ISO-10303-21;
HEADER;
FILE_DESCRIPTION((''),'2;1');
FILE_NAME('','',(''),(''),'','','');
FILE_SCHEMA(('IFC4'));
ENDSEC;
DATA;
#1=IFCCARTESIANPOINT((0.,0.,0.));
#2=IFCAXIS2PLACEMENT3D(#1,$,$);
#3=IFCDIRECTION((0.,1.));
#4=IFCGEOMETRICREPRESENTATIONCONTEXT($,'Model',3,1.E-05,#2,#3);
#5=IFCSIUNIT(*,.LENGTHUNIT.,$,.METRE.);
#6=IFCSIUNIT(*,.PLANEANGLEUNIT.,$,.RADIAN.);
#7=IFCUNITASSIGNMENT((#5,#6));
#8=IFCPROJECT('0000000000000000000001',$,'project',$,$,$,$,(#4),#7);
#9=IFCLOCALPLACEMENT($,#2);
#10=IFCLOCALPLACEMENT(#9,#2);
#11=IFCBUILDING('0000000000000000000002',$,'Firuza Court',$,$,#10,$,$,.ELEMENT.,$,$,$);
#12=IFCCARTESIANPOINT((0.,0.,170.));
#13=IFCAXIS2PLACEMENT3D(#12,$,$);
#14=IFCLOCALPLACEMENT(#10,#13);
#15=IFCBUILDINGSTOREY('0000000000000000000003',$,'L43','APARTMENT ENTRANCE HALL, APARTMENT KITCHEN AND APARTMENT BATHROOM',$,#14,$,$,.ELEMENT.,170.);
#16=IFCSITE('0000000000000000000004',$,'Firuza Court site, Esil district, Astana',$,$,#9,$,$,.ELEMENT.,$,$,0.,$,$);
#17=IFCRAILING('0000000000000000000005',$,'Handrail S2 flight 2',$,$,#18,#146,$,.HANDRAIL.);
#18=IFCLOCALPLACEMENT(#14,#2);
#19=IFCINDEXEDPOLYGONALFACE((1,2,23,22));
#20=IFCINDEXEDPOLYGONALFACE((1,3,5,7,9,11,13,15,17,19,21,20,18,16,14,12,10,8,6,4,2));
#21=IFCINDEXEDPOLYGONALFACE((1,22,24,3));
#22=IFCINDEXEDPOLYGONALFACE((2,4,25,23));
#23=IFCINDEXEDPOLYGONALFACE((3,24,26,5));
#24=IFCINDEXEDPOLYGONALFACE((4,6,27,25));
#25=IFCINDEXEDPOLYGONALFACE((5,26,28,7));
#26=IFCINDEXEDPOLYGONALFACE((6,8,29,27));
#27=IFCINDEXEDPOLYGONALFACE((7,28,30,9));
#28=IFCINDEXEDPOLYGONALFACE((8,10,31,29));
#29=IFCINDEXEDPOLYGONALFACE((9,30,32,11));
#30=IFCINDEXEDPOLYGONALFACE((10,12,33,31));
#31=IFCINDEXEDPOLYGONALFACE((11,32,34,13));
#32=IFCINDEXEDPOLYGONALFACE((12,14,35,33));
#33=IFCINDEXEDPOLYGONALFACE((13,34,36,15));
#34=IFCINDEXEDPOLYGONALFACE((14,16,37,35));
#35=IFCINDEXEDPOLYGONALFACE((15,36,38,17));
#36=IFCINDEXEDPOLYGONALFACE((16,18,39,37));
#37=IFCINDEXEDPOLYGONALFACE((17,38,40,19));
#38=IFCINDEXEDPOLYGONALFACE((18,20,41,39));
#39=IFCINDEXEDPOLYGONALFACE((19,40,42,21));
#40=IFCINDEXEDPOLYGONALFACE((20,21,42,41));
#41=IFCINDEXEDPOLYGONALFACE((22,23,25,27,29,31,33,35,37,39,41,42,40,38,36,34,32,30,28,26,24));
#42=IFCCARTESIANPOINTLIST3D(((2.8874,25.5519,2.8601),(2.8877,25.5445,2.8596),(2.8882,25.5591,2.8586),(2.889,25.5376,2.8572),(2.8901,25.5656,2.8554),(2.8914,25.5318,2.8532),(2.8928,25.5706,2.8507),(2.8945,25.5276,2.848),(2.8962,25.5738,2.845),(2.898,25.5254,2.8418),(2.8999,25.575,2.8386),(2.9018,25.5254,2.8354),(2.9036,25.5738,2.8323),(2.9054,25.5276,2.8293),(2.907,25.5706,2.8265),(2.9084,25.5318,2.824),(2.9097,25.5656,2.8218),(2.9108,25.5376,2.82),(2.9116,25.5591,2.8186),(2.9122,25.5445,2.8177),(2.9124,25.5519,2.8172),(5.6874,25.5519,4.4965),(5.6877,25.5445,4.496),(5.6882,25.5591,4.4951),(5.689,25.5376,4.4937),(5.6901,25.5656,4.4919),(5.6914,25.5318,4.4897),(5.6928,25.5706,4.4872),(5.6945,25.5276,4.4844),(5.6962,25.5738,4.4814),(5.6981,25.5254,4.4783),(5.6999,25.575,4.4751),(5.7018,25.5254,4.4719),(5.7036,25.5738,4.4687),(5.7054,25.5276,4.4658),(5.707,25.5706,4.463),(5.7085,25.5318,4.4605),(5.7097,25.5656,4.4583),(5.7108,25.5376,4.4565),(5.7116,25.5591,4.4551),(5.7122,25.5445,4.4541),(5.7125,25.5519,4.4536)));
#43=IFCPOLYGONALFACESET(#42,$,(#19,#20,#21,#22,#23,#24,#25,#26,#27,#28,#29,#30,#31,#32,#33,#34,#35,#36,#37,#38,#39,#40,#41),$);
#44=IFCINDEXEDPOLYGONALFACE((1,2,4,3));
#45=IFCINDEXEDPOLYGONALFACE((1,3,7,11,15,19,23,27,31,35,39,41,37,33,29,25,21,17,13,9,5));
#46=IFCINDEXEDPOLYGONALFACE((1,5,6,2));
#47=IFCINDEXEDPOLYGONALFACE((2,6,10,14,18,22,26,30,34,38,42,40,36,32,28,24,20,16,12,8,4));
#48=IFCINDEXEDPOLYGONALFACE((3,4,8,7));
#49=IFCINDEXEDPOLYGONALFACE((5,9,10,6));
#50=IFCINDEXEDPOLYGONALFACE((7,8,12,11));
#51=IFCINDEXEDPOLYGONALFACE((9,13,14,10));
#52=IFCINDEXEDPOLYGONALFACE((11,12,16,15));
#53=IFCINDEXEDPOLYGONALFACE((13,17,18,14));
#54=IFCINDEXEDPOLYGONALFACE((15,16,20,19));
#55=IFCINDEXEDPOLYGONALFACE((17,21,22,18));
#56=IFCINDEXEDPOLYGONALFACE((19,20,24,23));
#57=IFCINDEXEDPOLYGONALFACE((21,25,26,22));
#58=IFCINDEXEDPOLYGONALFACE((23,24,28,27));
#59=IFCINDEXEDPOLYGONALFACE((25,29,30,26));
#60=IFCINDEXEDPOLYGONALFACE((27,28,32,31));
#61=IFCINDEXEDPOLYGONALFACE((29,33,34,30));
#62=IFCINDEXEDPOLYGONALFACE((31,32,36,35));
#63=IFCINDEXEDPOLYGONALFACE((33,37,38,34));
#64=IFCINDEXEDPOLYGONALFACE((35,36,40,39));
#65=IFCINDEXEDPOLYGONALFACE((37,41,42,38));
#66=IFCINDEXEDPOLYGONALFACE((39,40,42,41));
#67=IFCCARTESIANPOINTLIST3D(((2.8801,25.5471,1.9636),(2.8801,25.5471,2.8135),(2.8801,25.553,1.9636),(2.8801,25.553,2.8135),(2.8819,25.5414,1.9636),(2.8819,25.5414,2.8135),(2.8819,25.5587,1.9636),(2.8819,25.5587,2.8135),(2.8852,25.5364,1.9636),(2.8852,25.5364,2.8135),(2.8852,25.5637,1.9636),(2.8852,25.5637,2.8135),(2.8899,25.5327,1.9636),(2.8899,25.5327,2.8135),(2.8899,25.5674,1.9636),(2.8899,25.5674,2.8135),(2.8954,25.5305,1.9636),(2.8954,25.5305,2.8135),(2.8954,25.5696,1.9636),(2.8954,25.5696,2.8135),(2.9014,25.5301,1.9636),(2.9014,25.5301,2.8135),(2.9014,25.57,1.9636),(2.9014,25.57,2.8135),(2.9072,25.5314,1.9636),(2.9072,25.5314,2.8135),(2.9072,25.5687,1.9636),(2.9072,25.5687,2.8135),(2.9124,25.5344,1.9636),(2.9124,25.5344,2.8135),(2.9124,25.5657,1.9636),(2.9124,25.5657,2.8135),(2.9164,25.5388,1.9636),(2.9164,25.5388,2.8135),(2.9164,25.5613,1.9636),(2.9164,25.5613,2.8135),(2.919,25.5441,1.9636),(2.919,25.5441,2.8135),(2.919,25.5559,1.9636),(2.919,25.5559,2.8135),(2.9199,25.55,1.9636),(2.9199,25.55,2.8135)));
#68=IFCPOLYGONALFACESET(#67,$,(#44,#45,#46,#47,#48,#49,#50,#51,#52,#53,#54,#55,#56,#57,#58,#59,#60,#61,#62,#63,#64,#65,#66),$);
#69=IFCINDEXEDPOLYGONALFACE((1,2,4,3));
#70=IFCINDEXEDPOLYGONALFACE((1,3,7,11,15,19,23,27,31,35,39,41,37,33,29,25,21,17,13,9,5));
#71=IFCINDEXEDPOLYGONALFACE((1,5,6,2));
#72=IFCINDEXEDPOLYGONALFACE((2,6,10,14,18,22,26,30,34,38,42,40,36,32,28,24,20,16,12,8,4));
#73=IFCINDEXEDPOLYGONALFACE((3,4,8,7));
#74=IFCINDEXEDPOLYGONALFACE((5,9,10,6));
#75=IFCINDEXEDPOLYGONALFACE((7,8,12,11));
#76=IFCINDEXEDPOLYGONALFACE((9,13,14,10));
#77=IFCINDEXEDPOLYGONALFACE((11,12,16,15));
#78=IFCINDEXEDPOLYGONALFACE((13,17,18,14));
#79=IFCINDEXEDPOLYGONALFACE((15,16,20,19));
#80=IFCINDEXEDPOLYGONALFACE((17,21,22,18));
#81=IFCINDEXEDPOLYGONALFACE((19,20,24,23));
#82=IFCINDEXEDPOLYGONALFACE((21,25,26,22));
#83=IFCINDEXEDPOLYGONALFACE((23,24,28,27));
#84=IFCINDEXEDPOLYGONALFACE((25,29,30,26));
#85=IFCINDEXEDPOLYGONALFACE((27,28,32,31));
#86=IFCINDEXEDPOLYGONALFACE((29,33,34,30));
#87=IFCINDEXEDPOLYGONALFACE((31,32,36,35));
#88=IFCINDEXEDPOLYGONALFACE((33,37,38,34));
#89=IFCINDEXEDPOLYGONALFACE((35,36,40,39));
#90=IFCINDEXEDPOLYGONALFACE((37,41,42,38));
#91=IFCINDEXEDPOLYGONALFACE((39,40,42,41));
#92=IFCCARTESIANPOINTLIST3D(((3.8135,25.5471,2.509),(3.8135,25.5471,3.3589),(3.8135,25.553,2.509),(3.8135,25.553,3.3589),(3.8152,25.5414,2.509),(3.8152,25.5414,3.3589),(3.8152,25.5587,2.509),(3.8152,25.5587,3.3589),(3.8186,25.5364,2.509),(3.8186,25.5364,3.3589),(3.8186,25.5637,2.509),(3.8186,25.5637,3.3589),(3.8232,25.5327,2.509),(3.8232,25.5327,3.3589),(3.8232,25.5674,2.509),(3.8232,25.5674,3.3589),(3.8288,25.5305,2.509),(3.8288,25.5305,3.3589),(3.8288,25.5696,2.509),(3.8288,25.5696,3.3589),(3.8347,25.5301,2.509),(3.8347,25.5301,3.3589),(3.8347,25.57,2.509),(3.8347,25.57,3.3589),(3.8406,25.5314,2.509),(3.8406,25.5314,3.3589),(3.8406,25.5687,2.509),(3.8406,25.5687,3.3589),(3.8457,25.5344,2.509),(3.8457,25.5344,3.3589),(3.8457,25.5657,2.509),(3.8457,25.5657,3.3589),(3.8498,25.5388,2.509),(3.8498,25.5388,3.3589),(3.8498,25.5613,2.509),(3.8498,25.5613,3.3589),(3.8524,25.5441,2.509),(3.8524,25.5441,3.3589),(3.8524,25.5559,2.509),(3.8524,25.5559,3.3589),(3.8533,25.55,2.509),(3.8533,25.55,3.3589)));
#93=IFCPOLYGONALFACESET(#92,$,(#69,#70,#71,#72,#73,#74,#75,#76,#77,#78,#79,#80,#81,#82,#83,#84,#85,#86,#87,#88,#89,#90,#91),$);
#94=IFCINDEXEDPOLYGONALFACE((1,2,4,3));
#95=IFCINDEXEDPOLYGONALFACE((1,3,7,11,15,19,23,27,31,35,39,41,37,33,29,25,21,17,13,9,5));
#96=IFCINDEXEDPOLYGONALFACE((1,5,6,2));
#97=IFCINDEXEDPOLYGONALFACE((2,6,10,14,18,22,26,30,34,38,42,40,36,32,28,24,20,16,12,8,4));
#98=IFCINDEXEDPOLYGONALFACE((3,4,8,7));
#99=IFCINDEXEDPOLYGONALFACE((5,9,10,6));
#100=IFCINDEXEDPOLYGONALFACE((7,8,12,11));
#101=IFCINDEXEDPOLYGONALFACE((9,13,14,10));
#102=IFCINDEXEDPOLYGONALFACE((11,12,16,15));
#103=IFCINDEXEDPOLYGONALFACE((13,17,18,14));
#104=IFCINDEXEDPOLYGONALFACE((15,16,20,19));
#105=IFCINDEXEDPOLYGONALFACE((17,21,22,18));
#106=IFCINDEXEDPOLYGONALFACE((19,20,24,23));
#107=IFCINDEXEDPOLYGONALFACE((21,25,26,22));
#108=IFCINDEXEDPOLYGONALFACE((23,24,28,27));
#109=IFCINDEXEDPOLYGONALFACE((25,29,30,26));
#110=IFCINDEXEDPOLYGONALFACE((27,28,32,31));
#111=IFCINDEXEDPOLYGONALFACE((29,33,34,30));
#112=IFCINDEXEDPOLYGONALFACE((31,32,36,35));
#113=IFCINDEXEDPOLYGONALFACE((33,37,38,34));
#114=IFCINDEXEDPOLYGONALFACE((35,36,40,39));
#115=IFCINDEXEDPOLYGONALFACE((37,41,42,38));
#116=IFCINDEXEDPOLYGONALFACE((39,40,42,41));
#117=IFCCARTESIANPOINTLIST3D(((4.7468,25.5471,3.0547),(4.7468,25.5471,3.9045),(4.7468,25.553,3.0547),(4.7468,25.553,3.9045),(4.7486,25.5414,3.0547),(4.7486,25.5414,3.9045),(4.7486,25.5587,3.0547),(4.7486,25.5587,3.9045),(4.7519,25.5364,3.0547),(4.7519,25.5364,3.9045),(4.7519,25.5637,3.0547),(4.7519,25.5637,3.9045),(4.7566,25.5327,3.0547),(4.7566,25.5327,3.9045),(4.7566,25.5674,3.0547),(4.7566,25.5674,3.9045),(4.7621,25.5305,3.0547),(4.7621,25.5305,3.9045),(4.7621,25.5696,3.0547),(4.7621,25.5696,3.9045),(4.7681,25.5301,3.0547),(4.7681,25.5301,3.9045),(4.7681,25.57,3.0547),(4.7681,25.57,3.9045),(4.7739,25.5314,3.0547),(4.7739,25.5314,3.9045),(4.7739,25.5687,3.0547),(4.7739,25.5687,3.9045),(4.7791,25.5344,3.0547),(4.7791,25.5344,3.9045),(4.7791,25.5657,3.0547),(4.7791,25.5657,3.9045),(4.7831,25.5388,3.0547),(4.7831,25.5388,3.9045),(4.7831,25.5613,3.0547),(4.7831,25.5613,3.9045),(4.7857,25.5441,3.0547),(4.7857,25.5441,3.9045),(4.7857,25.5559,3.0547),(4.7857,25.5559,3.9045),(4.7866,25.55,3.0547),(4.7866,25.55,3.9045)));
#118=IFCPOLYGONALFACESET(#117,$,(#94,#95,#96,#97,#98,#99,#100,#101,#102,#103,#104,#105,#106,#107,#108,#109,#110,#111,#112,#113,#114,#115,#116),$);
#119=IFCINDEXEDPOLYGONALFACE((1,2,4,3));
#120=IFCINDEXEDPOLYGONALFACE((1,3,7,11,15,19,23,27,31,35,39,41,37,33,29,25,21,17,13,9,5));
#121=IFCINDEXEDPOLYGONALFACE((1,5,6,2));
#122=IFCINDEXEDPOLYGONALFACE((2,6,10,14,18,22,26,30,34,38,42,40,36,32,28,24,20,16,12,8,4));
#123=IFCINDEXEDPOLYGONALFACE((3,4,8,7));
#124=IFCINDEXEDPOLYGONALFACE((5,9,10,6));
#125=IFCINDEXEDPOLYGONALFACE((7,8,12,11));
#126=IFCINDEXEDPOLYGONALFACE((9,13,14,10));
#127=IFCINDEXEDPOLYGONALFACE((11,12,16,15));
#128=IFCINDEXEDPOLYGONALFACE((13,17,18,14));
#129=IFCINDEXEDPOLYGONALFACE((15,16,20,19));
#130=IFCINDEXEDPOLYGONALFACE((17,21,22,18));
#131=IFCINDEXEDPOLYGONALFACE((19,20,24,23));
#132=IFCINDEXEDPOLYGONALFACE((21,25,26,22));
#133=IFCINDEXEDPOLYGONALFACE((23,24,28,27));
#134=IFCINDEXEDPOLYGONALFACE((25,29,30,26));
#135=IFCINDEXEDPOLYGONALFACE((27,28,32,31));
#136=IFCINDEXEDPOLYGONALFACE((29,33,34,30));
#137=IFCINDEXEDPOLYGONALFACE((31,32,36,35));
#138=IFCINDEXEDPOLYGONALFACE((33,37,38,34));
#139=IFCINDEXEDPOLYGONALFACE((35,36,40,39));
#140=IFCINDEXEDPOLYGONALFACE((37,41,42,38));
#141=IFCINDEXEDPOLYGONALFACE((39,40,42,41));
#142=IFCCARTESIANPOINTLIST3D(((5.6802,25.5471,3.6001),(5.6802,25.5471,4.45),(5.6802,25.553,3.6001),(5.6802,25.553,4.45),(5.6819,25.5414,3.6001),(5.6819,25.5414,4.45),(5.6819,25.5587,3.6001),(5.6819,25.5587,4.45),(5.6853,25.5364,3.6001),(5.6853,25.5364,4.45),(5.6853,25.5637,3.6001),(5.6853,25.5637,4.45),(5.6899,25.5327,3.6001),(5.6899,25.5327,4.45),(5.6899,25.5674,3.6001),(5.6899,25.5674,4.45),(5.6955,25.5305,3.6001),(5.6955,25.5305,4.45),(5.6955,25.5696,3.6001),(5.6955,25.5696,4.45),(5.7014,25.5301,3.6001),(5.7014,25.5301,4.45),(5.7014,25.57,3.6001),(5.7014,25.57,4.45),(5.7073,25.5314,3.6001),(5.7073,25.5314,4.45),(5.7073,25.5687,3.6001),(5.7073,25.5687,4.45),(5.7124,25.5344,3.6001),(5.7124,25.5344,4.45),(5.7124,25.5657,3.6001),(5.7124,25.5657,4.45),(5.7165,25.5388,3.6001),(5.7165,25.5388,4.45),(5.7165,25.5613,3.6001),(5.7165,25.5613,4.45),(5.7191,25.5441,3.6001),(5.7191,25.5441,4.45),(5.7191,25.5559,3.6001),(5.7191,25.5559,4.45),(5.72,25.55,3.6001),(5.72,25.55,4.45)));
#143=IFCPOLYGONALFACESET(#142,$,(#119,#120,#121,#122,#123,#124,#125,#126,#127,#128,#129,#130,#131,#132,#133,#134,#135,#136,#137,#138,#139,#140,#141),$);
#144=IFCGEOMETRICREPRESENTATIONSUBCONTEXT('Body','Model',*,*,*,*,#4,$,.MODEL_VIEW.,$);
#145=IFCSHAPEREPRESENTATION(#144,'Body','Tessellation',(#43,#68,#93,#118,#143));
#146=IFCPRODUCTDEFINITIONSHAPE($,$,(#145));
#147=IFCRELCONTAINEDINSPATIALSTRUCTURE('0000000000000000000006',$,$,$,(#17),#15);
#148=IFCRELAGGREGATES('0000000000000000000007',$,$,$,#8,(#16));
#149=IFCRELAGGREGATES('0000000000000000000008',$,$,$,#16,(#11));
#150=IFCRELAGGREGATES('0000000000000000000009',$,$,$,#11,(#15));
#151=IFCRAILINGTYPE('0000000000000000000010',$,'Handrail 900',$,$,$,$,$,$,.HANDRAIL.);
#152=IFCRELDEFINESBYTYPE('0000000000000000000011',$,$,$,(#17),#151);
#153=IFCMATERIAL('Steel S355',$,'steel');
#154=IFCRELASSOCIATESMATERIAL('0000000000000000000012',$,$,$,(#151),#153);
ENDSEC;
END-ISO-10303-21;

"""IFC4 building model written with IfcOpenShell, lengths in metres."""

from ifc_helpers import new_model, si_unit, direction, frame, origin, origin_2d, place, context, subcontext, project, spatial, circle, extrude, material, type_object, element, save


model = new_model("IFC4")

# Units and contexts
model_context = context("Model", 3, precision=1e-05, world=origin(), true_north=direction((0.0, 1.0)))
body_context = subcontext(model_context, "Body", "Model", "MODEL_VIEW")
ifc_project = project(units=[si_unit("LENGTHUNIT", "METRE"), si_unit("PLANEANGLEUNIT", "RADIAN")], contexts=[model_context])

# Site, building, storey
site_placement = place(None, origin())
site = spatial("IfcSite", under=ifc_project, at=site_placement, Name="Firuza Court site, Esil district, Astana", CompositionType="ELEMENT", RefElevation=0.0)
building_placement = place(site_placement, origin())
building = spatial("IfcBuilding", under=site, at=building_placement, Name="Firuza Court", CompositionType="ELEMENT")
storey_placement = place(building_placement, frame((0.0, 0.0, 170.0)))
storey = spatial("IfcBuildingStorey", under=building, at=storey_placement, Name="L43", Description="APARTMENT ENTRANCE HALL, APARTMENT KITCHEN AND APARTMENT BATHROOM", CompositionType="ELEMENT", Elevation=170.0)

# Railing
ifc_material_1 = material(Name="Steel S355", Category="steel")
railing_type = type_object("IfcRailingType", Name="Handrail 900", PredefinedType="HANDRAIL", material=ifc_material_1)
railing_placement = place(storey_placement, frame((2.8999, 25.55, 1.9636)))
element("IfcRailing", 1, at=railing_placement, inside=storey, type_object=railing_type, Name="Handrail S2 flight 2", PredefinedType="HANDRAIL", context=body_context, shape_type="SweptSolid", body=[
    extrude(circle(Radius=0.0249, at=origin_2d()), frame((0.0, 0.0, 0.875), z_axis=(0.863361, 0.0, 0.504587), x_axis=(0.0, 1.0, 0.0)), (0.0, 0.0, 1.0), 3.2432),
    extrude(circle(Radius=0.02, at=origin_2d()), origin(), (0.0, 0.0, 1.0), 0.8499),
    extrude(circle(Radius=0.02, at=origin_2d()), frame((0.9333, 0.0, 0.5454)), (0.0, 0.0, 1.0), 0.8499),
    extrude(circle(Radius=0.02, at=origin_2d()), frame((1.8667, 0.0, 1.0911)), (0.0, 0.0, 1.0), 0.8499),
    extrude(circle(Radius=0.02, at=origin_2d()), frame((2.8, 0.0, 1.6365)), (0.0, 0.0, 1.0), 0.8499),
])

save(model, "model.ifc")
